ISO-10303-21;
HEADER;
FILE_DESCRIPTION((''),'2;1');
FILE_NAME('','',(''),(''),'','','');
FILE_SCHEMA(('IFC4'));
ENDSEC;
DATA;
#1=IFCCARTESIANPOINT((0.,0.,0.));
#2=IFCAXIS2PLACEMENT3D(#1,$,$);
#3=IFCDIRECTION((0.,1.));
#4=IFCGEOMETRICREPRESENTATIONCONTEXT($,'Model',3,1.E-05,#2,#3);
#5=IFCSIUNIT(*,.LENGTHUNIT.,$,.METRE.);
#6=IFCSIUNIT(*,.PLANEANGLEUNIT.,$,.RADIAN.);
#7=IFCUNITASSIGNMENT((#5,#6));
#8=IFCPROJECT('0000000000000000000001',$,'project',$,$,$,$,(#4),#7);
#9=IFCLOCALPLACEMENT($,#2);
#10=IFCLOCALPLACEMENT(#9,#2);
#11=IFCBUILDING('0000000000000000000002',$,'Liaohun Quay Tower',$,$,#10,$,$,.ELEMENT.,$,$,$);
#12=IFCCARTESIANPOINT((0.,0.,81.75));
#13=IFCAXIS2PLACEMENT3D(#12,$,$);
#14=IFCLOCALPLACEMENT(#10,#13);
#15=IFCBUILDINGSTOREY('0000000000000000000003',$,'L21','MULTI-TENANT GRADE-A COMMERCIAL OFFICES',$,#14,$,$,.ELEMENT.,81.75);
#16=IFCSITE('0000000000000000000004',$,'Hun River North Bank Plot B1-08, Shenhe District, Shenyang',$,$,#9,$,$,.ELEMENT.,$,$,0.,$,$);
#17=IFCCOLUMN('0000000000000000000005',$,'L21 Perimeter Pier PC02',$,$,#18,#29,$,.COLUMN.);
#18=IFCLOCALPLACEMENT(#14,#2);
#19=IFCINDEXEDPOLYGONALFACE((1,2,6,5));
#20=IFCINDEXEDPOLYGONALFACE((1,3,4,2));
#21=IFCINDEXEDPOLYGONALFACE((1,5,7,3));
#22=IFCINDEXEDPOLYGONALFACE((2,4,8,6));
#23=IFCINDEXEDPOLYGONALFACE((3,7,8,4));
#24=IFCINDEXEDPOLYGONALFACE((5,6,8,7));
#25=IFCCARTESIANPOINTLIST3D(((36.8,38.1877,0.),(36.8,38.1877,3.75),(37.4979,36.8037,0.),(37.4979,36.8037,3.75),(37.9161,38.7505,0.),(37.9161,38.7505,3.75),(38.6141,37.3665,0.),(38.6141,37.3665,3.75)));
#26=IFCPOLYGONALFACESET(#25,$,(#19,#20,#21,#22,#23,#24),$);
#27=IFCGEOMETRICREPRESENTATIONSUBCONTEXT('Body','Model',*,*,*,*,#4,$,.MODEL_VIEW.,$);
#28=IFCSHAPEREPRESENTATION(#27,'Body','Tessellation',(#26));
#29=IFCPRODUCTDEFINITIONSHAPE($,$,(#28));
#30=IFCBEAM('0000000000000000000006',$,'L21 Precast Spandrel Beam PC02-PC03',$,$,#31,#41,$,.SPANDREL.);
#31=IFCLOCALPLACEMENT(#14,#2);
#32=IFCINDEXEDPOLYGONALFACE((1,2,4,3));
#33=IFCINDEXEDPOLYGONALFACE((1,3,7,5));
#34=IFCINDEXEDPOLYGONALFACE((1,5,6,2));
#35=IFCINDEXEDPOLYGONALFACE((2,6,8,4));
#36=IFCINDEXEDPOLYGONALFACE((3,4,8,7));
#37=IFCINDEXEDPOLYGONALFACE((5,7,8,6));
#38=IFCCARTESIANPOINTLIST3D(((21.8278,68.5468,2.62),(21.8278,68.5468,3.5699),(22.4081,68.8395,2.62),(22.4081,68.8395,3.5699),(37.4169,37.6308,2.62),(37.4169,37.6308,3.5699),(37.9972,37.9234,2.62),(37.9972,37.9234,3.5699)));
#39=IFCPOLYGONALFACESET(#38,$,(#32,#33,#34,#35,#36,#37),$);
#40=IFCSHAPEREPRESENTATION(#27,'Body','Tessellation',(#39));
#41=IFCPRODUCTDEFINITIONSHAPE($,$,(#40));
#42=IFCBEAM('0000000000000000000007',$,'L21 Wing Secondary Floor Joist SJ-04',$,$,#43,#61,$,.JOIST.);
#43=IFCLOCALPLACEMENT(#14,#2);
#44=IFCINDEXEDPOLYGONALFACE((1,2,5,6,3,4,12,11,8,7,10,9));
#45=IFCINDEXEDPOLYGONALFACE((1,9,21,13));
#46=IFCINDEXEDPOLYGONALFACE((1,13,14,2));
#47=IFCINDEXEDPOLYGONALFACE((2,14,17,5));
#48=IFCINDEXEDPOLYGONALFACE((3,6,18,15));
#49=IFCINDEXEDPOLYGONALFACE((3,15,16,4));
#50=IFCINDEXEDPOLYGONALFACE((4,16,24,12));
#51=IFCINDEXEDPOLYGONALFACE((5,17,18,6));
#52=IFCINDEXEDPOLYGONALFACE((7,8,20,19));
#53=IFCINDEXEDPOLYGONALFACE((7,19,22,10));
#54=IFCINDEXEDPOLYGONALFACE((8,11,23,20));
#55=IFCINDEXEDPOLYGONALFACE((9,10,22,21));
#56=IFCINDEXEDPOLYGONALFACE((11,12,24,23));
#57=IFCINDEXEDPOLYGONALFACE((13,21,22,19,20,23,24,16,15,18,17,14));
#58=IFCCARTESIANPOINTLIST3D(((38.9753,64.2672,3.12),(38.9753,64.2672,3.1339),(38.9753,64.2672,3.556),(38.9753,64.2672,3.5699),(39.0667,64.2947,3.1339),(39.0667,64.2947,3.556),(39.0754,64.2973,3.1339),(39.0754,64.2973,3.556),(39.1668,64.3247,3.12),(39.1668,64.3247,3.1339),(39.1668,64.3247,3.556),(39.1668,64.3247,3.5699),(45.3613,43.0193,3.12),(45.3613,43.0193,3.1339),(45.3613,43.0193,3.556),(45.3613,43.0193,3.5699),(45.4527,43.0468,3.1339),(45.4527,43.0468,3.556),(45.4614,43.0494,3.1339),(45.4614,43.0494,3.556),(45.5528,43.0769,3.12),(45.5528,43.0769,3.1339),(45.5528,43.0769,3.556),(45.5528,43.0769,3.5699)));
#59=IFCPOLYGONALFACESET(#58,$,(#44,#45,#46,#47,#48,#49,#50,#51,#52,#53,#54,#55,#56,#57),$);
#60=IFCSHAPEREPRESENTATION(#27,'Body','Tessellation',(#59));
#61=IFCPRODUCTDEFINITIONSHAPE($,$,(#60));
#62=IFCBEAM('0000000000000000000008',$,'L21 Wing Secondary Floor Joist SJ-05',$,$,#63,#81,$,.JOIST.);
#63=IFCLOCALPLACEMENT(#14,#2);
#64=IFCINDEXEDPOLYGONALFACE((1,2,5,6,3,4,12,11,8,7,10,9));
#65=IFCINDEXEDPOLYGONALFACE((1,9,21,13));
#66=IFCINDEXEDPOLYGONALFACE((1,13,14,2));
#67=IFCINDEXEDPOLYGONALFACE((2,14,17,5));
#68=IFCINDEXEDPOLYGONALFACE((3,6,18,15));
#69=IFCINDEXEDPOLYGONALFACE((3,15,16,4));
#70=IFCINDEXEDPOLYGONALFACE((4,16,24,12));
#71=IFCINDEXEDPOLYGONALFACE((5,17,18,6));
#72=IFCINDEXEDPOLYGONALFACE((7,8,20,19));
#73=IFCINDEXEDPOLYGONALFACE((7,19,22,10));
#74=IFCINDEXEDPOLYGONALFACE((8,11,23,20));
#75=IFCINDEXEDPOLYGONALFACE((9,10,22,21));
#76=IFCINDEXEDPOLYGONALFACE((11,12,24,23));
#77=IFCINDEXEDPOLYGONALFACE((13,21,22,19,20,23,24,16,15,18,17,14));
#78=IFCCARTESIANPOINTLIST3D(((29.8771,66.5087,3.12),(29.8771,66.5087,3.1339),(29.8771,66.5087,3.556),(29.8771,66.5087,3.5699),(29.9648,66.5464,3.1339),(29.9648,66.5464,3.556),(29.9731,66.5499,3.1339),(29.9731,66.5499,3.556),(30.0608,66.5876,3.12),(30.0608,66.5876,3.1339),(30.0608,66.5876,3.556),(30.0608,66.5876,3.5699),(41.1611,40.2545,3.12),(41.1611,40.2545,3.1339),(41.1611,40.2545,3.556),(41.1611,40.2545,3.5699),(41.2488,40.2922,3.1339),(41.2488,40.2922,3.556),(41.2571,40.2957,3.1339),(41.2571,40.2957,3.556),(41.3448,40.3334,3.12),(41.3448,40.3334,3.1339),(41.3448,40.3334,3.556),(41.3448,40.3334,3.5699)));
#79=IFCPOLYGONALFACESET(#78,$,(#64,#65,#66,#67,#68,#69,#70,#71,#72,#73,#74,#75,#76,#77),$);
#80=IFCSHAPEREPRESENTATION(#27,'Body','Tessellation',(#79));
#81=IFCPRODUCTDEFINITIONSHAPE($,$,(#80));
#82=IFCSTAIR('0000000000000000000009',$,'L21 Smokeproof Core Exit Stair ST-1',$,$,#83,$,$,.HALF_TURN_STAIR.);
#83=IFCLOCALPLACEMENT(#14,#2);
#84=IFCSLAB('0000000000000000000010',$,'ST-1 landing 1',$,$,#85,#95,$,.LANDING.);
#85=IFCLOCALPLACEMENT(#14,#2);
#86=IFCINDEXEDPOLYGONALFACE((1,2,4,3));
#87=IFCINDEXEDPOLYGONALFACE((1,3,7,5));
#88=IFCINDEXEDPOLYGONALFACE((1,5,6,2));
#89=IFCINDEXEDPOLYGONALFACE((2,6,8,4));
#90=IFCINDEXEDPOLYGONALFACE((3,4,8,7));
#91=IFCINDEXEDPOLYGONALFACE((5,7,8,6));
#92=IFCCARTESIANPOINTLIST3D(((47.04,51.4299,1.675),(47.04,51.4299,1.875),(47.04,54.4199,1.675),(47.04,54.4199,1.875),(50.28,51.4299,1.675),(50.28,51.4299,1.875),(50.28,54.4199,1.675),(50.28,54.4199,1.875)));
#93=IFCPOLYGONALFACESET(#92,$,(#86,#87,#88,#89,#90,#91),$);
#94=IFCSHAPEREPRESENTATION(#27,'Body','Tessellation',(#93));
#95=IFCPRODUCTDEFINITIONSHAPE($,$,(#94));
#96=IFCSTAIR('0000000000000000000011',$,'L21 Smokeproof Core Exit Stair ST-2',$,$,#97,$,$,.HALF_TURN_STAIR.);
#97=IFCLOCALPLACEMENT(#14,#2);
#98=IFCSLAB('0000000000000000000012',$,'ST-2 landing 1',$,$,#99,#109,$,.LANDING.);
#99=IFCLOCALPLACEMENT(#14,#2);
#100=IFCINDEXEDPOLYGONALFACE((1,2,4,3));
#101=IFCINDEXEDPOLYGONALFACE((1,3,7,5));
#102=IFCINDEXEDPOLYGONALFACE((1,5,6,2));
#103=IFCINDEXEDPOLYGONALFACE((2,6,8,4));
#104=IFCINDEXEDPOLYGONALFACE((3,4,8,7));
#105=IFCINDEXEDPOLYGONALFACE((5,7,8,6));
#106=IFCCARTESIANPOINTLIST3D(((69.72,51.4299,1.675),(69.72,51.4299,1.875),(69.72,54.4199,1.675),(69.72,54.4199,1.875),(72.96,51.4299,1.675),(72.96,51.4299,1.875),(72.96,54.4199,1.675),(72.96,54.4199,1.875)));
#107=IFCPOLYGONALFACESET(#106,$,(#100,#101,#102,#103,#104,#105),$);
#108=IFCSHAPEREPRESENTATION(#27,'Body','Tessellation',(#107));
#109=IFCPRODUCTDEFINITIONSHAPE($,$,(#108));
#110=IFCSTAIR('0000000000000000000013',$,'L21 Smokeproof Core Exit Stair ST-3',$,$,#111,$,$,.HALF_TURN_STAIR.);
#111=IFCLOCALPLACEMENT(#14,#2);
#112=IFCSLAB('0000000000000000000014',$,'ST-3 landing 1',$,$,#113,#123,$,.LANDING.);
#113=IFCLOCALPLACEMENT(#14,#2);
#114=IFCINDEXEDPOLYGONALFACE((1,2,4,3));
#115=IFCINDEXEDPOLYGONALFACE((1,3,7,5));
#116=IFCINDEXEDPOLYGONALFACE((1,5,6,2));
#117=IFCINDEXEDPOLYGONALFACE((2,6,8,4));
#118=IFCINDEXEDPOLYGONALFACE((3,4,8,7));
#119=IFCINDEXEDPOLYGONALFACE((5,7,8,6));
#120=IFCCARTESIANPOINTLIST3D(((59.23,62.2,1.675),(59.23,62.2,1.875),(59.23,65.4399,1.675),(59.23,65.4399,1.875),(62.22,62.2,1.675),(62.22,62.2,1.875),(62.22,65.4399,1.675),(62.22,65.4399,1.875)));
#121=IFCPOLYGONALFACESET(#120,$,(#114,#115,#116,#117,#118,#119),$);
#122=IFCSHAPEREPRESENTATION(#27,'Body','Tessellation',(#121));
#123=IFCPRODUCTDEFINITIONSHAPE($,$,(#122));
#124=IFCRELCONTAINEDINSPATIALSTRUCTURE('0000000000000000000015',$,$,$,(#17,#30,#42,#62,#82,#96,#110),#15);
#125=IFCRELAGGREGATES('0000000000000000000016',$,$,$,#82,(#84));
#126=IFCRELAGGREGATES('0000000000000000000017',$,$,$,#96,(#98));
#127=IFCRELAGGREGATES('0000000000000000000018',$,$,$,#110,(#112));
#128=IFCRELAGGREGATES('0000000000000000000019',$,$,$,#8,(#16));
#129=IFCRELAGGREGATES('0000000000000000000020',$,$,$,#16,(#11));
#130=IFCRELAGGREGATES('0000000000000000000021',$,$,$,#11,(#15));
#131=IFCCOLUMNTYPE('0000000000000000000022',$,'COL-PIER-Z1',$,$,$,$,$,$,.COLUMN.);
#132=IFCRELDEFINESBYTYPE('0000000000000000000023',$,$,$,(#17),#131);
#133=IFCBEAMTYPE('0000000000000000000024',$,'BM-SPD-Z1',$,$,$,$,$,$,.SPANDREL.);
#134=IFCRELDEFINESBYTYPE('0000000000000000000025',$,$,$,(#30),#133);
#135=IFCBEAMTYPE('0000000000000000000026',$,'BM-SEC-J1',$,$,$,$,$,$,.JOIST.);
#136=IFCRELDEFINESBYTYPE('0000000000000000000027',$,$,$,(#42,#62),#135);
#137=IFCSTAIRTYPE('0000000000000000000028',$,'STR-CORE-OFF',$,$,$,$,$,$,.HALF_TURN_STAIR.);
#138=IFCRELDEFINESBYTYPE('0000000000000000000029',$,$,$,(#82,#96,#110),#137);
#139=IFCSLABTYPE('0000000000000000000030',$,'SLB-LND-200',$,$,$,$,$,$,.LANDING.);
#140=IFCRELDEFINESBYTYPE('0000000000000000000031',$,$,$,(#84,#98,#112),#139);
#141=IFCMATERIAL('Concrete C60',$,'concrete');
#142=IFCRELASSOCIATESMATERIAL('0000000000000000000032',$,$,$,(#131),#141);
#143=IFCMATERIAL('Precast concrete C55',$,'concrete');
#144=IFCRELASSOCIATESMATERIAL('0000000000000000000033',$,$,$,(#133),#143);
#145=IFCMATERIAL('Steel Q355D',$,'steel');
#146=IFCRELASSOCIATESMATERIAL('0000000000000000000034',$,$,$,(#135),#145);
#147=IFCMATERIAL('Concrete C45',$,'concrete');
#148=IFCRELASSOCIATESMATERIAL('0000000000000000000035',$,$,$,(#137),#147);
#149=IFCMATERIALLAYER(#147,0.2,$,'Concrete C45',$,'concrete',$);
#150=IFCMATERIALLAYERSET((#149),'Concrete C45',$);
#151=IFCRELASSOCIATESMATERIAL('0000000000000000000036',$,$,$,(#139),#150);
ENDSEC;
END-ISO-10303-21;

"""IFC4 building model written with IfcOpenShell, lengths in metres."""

from ifc_helpers import new_model, si_unit, direction, frame, origin, origin_2d, place, context, subcontext, project, spatial, polyline, rectangle, i_section, outline, extrude, source, transform, mapped, material, layer, layer_set, material_profile, profile_set, type_object, element, aggregate, save


model = new_model("IFC4")

# Units and contexts
model_context = context("Model", 3, precision=1e-05, world=origin(), true_north=direction((0.0, 1.0)))
body_context = subcontext(model_context, "Body", "Model", "MODEL_VIEW")
ifc_project = project(units=[si_unit("LENGTHUNIT", "METRE"), si_unit("PLANEANGLEUNIT", "RADIAN")], contexts=[model_context])

# Site, building, storey
site_placement = place(None, origin())
site = spatial("IfcSite", under=ifc_project, at=site_placement, Name="Hun River North Bank Plot B1-08, Shenhe District, Shenyang", CompositionType="ELEMENT", RefElevation=0.0)
building_placement = place(site_placement, origin())
building = spatial("IfcBuilding", under=site, at=building_placement, Name="Liaohun Quay Tower", CompositionType="ELEMENT")
storey_placement = place(building_placement, frame((0.0, 0.0, 81.75)))
storey = spatial("IfcBuildingStorey", under=building, at=storey_placement, Name="L21", Description="MULTI-TENANT GRADE-A COMMERCIAL OFFICES", CompositionType="ELEMENT", Elevation=81.75)

# Column
ifc_material_1 = material(Name="Concrete C60", Category="concrete")
ifc_material_profile_1 = material_profile(ifc_material_1, rectangle(XDim=1.55, YDim=1.25, at=origin_2d()), Name="RC1550x1250")
ifc_profile_set_1 = profile_set([ifc_material_profile_1], Name="Concrete C60")
column_type = type_object("IfcColumnType", Name="COL-PIER-Z1", PredefinedType="COLUMN", material=ifc_profile_set_1)
shared_shape_1 = source(origin(), body_context, "Body", "SweptSolid", [
    extrude(rectangle(XDim=1.55, YDim=1.25, at=origin_2d()), origin(), (0.0, 0.0, 1.0), 3.75),
])
column_placement = place(storey_placement, frame((37.707, 37.7771, 0.0), z_axis=(0.0, 0.0, 1.0), x_axis=(-0.450254, 0.8929, 0.0)))
element("IfcColumn", 1, at=column_placement, inside=storey, type_object=column_type, Name="L21 Perimeter Pier PC02", PredefinedType="COLUMN", context=body_context, shape_type="MappedRepresentation", body=[
    mapped(shared_shape_1, transform((0.0, 0.0, 0.0), x_axis=(1.0, 0.0, 0.0), y_axis=(0.0, 1.0, 0.0), z_axis=(0.0, 0.0, 1.0), scale=1.0)),
])

# Beams
ifc_material_2 = material(Name="Precast concrete C55", Category="concrete")
ifc_material_profile_2 = material_profile(ifc_material_2, rectangle(XDim=0.6499, YDim=0.95, at=origin_2d()), Name="RC650x950")
ifc_profile_set_2 = profile_set([ifc_material_profile_2], Name="Precast concrete C55")
beam_type_1 = type_object("IfcBeamType", Name="BM-SPD-Z1", PredefinedType="SPANDREL", material=ifc_profile_set_2)
shared_shape_2 = source(origin(), body_context, "Body", "SweptSolid", [
    extrude(rectangle(XDim=0.6499, YDim=0.95, at=origin_2d()), origin(), (0.0, 0.0, 1.0), 34.624),
])
beam_1_placement = place(storey_placement, frame((37.707, 37.7771, 3.095), z_axis=(-0.45024, 0.892907, 0.0), x_axis=(-0.892907, -0.45024, 0.0)))
element("IfcBeam", 2, at=beam_1_placement, inside=storey, type_object=beam_type_1, Name="L21 Precast Spandrel Beam PC02-PC03", PredefinedType="SPANDREL", context=body_context, shape_type="MappedRepresentation", body=[
    mapped(shared_shape_2, transform((0.0, 0.0, 0.0), x_axis=(1.0, 0.0, 0.0), y_axis=(0.0, 1.0, 0.0), z_axis=(0.0, 0.0, 1.0), scale=1.0)),
])
ifc_material_3 = material(Name="Steel Q355D", Category="steel")
ifc_material_profile_3 = material_profile(ifc_material_3, i_section(OverallWidth=0.2, OverallDepth=0.45, WebThickness=0.009, FlangeThickness=0.0139, at=origin_2d()), Name="HN450x200x9x14")
ifc_profile_set_3 = profile_set([ifc_material_profile_3], Name="Steel Q355D")
beam_type_2 = type_object("IfcBeamType", Name="BM-SEC-J1", PredefinedType="JOIST", material=ifc_profile_set_3)
shared_shape_3 = source(origin(), body_context, "Body", "SweptSolid", [
    extrude(i_section(OverallWidth=0.2, OverallDepth=0.45, WebThickness=0.009, FlangeThickness=0.0139, at=origin_2d()), origin(), (0.0, 0.0, 1.0), 22.1868),
])
beam_2_placement = place(storey_placement, frame((45.457, 43.0481, 3.345), z_axis=(-0.287829, 0.957682, 0.0), x_axis=(-0.957682, -0.287829, 0.0)))
element("IfcBeam", 3, at=beam_2_placement, inside=storey, type_object=beam_type_2, Name="L21 Wing Secondary Floor Joist SJ-04", PredefinedType="JOIST", context=body_context, shape_type="MappedRepresentation", body=[
    mapped(shared_shape_3, transform((0.0, 0.0, 0.0), x_axis=(1.0, 0.0, 0.0), y_axis=(0.0, 1.0, 0.0), z_axis=(0.0, 0.0, 1.0), scale=1.0)),
])
shared_shape_4 = source(origin(), body_context, "Body", "SweptSolid", [
    extrude(i_section(OverallWidth=0.2, OverallDepth=0.45, WebThickness=0.009, FlangeThickness=0.0139, at=origin_2d()), origin(), (0.0, 0.0, 1.0), 28.5764),
])
beam_3_placement = place(storey_placement, frame((41.2529, 40.2939, 3.345), z_axis=(-0.39487, 0.918737, 0.0), x_axis=(-0.918737, -0.39487, 0.0)))
element("IfcBeam", 4, at=beam_3_placement, inside=storey, type_object=beam_type_2, Name="L21 Wing Secondary Floor Joist SJ-05", PredefinedType="JOIST", context=body_context, shape_type="MappedRepresentation", body=[
    mapped(shared_shape_4, transform((0.0, 0.0, 0.0), x_axis=(1.0, 0.0, 0.0), y_axis=(0.0, 1.0, 0.0), z_axis=(0.0, 0.0, 1.0), scale=1.0)),
])

# Stairs, slabs
ifc_material_4 = material(Name="Concrete C45", Category="concrete")
stair_type = type_object("IfcStairType", Name="STR-CORE-OFF", PredefinedType="HALF_TURN_STAIR", material=ifc_material_4)
stair_1_placement = place(storey_placement, origin())
stair_1 = element("IfcStair", 5, at=stair_1_placement, inside=storey, type_object=stair_type, Name="L21 Smokeproof Core Exit Stair ST-1", PredefinedType="HALF_TURN_STAIR")
ifc_layer_1 = layer(ifc_material_4, 0.2, Name="Concrete C45", Category="concrete")
ifc_layer_set_1 = layer_set([ifc_layer_1], Name="Concrete C45")
slab_type_1 = type_object("IfcSlabType", Name="SLB-LND-200", PredefinedType="LANDING", material=ifc_layer_set_1)
slab_1_placement = place(storey_placement, frame((0.0, 0.0, 1.675)))
slab_1 = element("IfcSlab", 6, at=slab_1_placement, type_object=slab_type_1, Name="ST-1 landing 1", PredefinedType="LANDING", context=body_context, shape_type="SweptSolid", body=[
    extrude(outline(polyline([(50.28, 51.4299), (50.28, 54.4199), (47.04, 54.4199), (47.04, 51.4299), (50.28, 51.4299)])), origin(), (0.0, 0.0, 1.0), 0.2),
])
aggregate(stair_1, [slab_1])
stair_2_placement = place(storey_placement, origin())
stair_2 = element("IfcStair", 7, at=stair_2_placement, inside=storey, type_object=stair_type, Name="L21 Smokeproof Core Exit Stair ST-2", PredefinedType="HALF_TURN_STAIR")
slab_2_placement = place(storey_placement, frame((0.0, 0.0, 1.675)))
slab_2 = element("IfcSlab", 8, at=slab_2_placement, type_object=slab_type_1, Name="ST-2 landing 1", PredefinedType="LANDING", context=body_context, shape_type="SweptSolid", body=[
    extrude(outline(polyline([(72.96, 51.4299), (72.96, 54.4199), (69.72, 54.4199), (69.72, 51.4299), (72.96, 51.4299)])), origin(), (0.0, 0.0, 1.0), 0.2),
])
aggregate(stair_2, [slab_2])
stair_3_placement = place(storey_placement, origin())
stair_3 = element("IfcStair", 9, at=stair_3_placement, inside=storey, type_object=stair_type, Name="L21 Smokeproof Core Exit Stair ST-3", PredefinedType="HALF_TURN_STAIR")
slab_3_placement = place(storey_placement, frame((0.0, 0.0, 1.675)))
slab_3 = element("IfcSlab", 10, at=slab_3_placement, type_object=slab_type_1, Name="ST-3 landing 1", PredefinedType="LANDING", context=body_context, shape_type="SweptSolid", body=[
    extrude(outline(polyline([(59.23, 62.2), (62.22, 62.2), (62.22, 65.4399), (59.23, 65.4399), (59.23, 62.2)])), origin(), (0.0, 0.0, 1.0), 0.2),
])
aggregate(stair_3, [slab_3])

save(model, "model.ifc")
